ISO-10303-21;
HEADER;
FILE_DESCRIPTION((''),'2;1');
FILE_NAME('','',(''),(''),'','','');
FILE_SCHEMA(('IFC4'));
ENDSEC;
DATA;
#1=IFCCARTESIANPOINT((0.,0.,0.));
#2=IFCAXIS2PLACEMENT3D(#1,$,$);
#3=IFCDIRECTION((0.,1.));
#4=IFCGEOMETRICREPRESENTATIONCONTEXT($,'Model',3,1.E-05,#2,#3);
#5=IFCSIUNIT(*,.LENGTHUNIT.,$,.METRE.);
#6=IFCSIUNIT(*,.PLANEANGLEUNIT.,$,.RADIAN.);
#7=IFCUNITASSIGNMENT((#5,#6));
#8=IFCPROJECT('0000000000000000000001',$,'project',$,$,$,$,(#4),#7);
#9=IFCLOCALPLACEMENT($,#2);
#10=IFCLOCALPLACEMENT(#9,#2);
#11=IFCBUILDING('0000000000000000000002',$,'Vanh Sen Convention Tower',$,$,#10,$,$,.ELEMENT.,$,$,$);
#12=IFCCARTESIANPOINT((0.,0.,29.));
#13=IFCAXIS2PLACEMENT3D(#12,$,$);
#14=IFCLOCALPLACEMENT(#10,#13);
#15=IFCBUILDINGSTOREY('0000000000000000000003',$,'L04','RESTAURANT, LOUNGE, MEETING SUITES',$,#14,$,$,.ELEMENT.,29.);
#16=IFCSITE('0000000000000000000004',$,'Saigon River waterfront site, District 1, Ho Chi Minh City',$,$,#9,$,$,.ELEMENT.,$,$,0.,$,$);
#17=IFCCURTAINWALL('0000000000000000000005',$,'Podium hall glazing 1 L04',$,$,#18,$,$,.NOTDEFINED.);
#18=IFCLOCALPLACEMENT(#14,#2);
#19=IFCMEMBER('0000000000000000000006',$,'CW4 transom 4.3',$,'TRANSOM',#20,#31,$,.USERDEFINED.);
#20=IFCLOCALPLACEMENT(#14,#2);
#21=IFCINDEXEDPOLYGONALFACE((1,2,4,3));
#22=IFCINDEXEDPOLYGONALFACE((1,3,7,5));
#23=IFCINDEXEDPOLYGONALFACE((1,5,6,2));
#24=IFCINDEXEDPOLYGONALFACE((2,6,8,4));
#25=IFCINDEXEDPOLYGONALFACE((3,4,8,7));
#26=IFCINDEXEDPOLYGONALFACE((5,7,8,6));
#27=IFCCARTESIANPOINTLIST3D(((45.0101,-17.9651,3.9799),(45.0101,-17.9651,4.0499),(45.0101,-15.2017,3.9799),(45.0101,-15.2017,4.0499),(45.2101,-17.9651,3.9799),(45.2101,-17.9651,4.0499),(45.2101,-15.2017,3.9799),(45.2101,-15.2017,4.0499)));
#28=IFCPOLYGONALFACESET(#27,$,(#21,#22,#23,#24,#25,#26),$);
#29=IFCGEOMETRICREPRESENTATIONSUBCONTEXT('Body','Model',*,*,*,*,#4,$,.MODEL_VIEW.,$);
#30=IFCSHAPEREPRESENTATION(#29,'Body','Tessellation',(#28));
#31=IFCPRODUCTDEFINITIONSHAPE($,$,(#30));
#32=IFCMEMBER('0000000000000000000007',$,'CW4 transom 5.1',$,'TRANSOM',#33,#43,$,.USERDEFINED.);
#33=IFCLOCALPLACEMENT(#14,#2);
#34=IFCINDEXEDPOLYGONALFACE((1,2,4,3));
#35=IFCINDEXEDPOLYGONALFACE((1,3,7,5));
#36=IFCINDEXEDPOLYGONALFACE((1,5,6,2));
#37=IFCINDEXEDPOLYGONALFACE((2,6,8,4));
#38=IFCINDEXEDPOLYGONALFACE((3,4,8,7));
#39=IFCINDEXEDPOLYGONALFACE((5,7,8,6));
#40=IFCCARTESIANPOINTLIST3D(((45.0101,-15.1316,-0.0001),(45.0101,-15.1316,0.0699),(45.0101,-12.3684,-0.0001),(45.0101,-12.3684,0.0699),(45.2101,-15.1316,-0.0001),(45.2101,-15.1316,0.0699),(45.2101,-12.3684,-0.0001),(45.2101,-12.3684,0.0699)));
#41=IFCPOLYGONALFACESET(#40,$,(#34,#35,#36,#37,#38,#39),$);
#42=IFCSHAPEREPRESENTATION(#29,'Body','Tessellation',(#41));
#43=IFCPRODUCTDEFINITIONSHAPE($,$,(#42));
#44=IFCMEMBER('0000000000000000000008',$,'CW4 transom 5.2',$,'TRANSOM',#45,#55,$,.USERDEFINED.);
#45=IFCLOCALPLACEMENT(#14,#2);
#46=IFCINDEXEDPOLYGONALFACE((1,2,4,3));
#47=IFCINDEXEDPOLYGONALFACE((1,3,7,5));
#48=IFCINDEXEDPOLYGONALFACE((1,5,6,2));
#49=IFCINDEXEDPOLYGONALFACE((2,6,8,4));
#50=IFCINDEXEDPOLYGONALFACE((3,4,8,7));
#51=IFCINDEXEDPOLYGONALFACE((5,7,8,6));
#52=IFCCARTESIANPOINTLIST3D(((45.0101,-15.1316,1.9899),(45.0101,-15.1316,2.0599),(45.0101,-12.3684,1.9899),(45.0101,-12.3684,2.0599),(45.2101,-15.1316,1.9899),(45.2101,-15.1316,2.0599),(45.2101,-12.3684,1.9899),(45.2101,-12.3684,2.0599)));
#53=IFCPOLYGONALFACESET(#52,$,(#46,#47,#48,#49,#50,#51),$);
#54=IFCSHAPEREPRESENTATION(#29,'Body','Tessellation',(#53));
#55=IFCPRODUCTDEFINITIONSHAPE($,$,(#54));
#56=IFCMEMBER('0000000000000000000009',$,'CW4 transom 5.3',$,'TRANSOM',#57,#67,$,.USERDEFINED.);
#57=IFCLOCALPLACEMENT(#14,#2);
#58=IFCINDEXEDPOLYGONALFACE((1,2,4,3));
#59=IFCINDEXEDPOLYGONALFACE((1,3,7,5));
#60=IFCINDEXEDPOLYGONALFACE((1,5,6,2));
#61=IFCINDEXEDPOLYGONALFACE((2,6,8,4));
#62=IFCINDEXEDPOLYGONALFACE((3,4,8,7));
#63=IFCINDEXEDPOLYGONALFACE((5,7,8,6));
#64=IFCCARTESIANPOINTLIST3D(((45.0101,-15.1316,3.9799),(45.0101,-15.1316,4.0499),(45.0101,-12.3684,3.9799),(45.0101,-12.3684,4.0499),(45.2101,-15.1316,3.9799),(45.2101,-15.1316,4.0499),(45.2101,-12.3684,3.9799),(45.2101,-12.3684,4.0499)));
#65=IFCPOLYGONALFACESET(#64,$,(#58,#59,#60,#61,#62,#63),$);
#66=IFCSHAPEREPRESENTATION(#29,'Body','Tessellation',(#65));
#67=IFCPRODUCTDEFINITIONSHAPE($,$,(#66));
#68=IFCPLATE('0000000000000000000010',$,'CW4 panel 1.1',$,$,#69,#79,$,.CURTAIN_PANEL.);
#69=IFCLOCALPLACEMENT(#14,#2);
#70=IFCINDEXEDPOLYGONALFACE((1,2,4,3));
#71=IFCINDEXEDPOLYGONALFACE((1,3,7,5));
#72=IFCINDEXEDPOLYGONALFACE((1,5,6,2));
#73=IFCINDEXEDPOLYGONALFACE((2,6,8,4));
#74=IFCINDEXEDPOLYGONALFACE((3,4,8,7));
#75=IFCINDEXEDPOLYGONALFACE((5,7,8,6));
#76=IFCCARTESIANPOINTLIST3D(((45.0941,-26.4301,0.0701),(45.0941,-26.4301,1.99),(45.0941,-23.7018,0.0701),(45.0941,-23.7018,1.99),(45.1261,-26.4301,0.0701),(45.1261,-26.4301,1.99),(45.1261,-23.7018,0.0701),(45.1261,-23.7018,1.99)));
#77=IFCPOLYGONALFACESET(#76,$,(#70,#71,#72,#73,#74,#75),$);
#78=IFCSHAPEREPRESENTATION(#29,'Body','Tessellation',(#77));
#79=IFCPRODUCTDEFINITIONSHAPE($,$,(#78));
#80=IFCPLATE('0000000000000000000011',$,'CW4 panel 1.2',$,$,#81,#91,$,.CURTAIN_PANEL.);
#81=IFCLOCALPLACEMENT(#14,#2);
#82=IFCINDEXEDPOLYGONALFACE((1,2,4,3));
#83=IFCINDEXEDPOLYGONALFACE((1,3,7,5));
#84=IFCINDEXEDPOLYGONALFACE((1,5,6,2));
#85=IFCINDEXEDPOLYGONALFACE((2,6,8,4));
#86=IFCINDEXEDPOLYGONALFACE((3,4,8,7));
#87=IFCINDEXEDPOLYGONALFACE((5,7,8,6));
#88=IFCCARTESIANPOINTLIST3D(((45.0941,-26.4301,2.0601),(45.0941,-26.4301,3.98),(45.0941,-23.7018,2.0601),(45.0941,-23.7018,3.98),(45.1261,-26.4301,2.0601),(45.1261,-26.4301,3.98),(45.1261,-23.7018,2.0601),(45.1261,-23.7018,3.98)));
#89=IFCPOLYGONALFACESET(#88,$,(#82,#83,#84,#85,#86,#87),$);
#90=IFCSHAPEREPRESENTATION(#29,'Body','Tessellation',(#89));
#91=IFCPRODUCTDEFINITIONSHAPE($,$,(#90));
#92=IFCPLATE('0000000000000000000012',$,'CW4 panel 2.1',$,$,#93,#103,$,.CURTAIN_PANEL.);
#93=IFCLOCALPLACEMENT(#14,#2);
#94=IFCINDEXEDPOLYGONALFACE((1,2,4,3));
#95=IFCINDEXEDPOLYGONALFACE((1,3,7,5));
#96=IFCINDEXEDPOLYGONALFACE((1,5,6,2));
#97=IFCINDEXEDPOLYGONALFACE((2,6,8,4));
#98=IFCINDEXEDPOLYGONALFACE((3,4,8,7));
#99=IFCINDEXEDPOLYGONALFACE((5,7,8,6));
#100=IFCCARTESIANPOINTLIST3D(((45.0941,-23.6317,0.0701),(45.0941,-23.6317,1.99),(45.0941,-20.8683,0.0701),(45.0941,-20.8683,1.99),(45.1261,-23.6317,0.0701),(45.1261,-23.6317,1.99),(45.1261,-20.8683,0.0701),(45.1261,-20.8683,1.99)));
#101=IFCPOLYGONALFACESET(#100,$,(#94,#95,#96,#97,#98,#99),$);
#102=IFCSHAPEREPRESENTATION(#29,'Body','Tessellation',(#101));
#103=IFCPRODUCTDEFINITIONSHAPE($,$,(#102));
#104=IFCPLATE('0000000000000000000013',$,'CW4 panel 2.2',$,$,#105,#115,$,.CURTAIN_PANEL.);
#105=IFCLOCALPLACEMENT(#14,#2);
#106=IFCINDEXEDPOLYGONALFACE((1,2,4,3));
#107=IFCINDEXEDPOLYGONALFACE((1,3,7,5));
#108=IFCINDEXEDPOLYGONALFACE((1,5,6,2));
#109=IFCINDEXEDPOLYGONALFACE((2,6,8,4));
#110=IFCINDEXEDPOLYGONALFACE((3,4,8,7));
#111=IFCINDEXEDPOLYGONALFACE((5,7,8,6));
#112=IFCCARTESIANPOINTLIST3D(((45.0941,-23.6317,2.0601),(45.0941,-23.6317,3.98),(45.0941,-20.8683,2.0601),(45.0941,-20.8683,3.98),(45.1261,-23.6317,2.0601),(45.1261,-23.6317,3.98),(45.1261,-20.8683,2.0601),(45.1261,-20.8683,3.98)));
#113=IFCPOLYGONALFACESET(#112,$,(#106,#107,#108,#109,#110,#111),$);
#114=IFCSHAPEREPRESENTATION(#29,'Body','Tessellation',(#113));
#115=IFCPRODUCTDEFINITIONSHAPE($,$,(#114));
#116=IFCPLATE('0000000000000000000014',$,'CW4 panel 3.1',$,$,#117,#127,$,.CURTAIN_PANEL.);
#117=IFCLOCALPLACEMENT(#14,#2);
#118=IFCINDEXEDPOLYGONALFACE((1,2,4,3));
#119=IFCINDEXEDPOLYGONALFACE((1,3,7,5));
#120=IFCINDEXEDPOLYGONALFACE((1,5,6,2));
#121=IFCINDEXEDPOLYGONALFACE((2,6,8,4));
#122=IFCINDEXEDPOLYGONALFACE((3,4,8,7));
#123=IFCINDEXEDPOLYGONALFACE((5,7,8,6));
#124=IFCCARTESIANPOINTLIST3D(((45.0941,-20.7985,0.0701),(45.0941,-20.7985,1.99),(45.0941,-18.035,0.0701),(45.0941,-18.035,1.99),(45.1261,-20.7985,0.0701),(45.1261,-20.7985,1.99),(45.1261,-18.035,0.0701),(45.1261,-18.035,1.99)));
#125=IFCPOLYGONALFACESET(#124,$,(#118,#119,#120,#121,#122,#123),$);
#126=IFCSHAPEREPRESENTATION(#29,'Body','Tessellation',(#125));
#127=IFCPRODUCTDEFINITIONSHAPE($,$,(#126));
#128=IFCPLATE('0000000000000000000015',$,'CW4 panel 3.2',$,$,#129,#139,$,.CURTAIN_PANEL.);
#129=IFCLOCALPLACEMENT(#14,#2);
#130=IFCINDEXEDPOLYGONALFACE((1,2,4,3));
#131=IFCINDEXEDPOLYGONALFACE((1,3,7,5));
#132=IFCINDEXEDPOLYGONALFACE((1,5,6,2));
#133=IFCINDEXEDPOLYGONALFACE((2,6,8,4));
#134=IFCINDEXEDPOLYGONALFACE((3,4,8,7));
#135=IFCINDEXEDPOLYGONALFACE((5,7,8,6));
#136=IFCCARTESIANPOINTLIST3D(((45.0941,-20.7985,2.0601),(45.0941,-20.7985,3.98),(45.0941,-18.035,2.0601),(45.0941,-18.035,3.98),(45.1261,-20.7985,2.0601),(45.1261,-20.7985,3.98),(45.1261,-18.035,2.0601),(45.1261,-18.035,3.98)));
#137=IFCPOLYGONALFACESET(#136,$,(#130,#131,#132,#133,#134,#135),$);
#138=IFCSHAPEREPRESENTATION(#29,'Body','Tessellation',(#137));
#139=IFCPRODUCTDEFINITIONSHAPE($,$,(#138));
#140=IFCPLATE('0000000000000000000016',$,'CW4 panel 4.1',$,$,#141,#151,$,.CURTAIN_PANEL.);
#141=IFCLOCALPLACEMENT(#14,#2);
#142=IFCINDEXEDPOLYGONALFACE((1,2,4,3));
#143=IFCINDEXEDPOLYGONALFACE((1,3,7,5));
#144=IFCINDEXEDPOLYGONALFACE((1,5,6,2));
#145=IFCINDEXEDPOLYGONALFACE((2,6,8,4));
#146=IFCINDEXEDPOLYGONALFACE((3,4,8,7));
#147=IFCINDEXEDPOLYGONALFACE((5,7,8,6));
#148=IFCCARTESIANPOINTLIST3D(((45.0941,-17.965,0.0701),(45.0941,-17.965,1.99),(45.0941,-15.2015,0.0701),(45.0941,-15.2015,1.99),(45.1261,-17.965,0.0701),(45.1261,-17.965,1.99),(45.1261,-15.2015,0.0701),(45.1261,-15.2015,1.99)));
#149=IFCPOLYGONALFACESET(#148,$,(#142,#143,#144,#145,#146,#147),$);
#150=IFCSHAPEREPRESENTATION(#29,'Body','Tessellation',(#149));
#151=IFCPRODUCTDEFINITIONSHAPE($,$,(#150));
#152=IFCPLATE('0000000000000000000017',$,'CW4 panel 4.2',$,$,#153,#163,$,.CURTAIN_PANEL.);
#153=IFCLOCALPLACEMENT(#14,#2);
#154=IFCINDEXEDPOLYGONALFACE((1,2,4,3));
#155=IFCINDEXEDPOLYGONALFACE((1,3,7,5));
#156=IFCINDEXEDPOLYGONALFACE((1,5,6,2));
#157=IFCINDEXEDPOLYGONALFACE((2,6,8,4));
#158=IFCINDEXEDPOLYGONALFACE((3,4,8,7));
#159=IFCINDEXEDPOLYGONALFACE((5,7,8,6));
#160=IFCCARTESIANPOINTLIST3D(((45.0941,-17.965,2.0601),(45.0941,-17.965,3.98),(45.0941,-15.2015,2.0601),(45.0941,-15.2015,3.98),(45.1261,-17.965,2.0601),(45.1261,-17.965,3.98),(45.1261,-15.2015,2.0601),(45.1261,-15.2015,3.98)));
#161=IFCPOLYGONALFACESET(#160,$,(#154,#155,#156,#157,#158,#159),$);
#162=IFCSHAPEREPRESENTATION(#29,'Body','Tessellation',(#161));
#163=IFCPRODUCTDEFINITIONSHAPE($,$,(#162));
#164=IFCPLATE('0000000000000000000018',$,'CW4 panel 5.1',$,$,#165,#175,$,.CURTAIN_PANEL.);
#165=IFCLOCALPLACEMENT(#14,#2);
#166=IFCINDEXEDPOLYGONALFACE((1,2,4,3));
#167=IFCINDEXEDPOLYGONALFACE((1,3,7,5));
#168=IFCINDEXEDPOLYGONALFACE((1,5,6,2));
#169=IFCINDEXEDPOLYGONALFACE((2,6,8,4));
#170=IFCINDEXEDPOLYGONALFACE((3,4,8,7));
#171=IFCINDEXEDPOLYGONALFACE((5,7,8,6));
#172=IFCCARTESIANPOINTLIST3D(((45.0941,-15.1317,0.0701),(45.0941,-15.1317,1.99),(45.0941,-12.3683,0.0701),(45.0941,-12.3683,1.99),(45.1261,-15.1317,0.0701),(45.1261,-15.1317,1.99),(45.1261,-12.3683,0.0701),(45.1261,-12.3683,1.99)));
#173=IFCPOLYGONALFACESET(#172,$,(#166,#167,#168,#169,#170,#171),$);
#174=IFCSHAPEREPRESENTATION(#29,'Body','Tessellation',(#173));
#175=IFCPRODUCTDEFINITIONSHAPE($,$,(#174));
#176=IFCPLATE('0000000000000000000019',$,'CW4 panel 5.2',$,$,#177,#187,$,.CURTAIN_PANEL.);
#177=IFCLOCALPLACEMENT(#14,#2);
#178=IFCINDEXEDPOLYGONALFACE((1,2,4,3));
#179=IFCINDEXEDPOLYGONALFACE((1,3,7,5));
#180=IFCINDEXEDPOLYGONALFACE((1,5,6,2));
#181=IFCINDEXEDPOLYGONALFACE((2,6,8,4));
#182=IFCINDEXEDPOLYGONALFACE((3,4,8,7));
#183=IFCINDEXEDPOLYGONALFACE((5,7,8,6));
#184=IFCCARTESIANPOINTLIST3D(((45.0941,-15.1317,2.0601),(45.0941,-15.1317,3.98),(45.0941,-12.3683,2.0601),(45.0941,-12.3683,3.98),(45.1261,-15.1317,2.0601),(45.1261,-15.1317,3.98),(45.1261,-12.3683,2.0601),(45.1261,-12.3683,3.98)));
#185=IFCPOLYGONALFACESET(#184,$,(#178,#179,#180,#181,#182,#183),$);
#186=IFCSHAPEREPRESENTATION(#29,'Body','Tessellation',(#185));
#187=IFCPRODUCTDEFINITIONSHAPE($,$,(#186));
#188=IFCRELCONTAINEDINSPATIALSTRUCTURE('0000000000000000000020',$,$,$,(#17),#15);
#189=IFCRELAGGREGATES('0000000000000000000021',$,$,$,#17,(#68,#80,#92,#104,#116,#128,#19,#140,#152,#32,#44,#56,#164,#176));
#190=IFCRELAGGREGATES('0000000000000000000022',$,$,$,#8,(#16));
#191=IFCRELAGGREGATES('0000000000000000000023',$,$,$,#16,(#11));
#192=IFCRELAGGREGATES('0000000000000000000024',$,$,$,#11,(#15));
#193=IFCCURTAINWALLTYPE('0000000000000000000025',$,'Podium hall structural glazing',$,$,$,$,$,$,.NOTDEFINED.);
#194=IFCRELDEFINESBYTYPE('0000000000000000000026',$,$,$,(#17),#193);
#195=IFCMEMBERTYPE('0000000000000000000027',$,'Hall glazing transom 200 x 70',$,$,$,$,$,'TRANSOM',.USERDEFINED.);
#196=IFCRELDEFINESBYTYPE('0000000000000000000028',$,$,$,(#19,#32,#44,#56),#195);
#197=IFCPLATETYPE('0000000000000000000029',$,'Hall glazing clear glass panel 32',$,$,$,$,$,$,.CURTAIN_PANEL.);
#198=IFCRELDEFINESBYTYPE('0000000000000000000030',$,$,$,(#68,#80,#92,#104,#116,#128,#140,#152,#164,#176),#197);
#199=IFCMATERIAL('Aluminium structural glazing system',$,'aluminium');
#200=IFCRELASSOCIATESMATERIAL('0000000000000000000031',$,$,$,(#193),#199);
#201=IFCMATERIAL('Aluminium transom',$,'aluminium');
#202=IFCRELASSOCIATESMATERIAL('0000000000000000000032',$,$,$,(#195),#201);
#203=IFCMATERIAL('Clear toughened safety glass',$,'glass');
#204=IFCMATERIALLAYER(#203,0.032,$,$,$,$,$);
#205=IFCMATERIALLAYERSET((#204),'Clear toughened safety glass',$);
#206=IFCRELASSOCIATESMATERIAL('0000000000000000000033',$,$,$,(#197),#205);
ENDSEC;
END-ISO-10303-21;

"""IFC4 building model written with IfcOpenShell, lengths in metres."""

from ifc_helpers import new_model, si_unit, direction, frame, origin, origin_2d, place, context, subcontext, project, spatial, rectangle, extrude, material, layer, layer_set, material_profile, profile_set, type_object, element, aggregate, save


model = new_model("IFC4")

# Units and contexts
model_context = context("Model", 3, precision=1e-05, world=origin(), true_north=direction((0.0, 1.0)))
body_context = subcontext(model_context, "Body", "Model", "MODEL_VIEW")
ifc_project = project(units=[si_unit("LENGTHUNIT", "METRE"), si_unit("PLANEANGLEUNIT", "RADIAN")], contexts=[model_context])

# Site, building, storey
site_placement = place(None, origin())
site = spatial("IfcSite", under=ifc_project, at=site_placement, Name="Saigon River waterfront site, District 1, Ho Chi Minh City", CompositionType="ELEMENT", RefElevation=0.0)
building_placement = place(site_placement, origin())
building = spatial("IfcBuilding", under=site, at=building_placement, Name="Vanh Sen Convention Tower", CompositionType="ELEMENT")
storey_placement = place(building_placement, frame((0.0, 0.0, 29.0)))
storey = spatial("IfcBuildingStorey", under=building, at=storey_placement, Name="L04", Description="RESTAURANT, LOUNGE, MEETING SUITES", CompositionType="ELEMENT", Elevation=29.0)

# Curtain wall, members, plates
ifc_material_1 = material(Name="Aluminium structural glazing system", Category="aluminium")
curtain_wall_type = type_object("IfcCurtainWallType", Name="Podium hall structural glazing", PredefinedType="NOTDEFINED", material=ifc_material_1)
curtain_wall_placement = place(storey_placement, origin())
curtain_wall = element("IfcCurtainWall", 1, at=curtain_wall_placement, inside=storey, type_object=curtain_wall_type, Name="Podium hall glazing 1 L04", PredefinedType="NOTDEFINED")
ifc_material_2 = material(Name="Aluminium transom", Category="aluminium")
ifc_material_profile_1 = material_profile(ifc_material_2, rectangle(XDim=0.2, YDim=0.0701, at=origin_2d()), Name="Hall glazing transom 200 x 70")
ifc_profile_set_1 = profile_set([ifc_material_profile_1], Name="Aluminium transom")
member_type_1 = type_object("IfcMemberType", Name="Hall glazing transom 200 x 70", ElementType="TRANSOM", PredefinedType="USERDEFINED", material=ifc_profile_set_1)
member_1_placement = place(storey_placement, frame((45.1101, -17.9651, 4.0149), z_axis=(0.0, 1.0, 0.0), x_axis=(-1.0, 0.0, 0.0)))
member_1 = element("IfcMember", 2, at=member_1_placement, type_object=member_type_1, Name="CW4 transom 4.3", ObjectType="TRANSOM", PredefinedType="USERDEFINED", context=body_context, shape_type="SweptSolid", body=[
    extrude(rectangle(XDim=0.2, YDim=0.0701, at=origin_2d()), origin(), (0.0, 0.0, 1.0), 2.7634),
])
member_2_placement = place(storey_placement, frame((45.1101, -15.1316, 0.0349), z_axis=(0.0, 1.0, 0.0), x_axis=(-1.0, 0.0, 0.0)))
member_2 = element("IfcMember", 3, at=member_2_placement, type_object=member_type_1, Name="CW4 transom 5.1", ObjectType="TRANSOM", PredefinedType="USERDEFINED", context=body_context, shape_type="SweptSolid", body=[
    extrude(rectangle(XDim=0.2, YDim=0.0701, at=origin_2d()), origin(), (0.0, 0.0, 1.0), 2.7632),
])
member_3_placement = place(storey_placement, frame((45.1101, -15.1316, 2.0249), z_axis=(0.0, 1.0, 0.0), x_axis=(-1.0, 0.0, 0.0)))
member_3 = element("IfcMember", 4, at=member_3_placement, type_object=member_type_1, Name="CW4 transom 5.2", ObjectType="TRANSOM", PredefinedType="USERDEFINED", context=body_context, shape_type="SweptSolid", body=[
    extrude(rectangle(XDim=0.2, YDim=0.0701, at=origin_2d()), origin(), (0.0, 0.0, 1.0), 2.7632),
])
member_4_placement = place(storey_placement, frame((45.1101, -15.1316, 4.0149), z_axis=(0.0, 1.0, 0.0), x_axis=(-1.0, 0.0, 0.0)))
member_4 = element("IfcMember", 5, at=member_4_placement, type_object=member_type_1, Name="CW4 transom 5.3", ObjectType="TRANSOM", PredefinedType="USERDEFINED", context=body_context, shape_type="SweptSolid", body=[
    extrude(rectangle(XDim=0.2, YDim=0.0701, at=origin_2d()), origin(), (0.0, 0.0, 1.0), 2.7632),
])
ifc_material_3 = material(Name="Clear toughened safety glass", Category="glass")
ifc_layer = layer(ifc_material_3, 0.032)
ifc_layer_set = layer_set([ifc_layer], Name="Clear toughened safety glass")
plate_type = type_object("IfcPlateType", Name="Hall glazing clear glass panel 32", PredefinedType="CURTAIN_PANEL", material=ifc_layer_set)
plate_1_placement = place(storey_placement, frame((45.1101, -25.0659, 0.0701), z_axis=(0.0, 0.0, 1.0), x_axis=(0.0, 1.0, 0.0)))
plate_1 = element("IfcPlate", 6, at=plate_1_placement, type_object=plate_type, Name="CW4 panel 1.1", PredefinedType="CURTAIN_PANEL", context=body_context, shape_type="SweptSolid", body=[
    extrude(rectangle(XDim=2.7283, YDim=0.032, at=origin_2d()), origin(), (0.0, 0.0, 1.0), 1.9199),
])
plate_2_placement = place(storey_placement, frame((45.1101, -25.0659, 2.0601), z_axis=(0.0, 0.0, 1.0), x_axis=(0.0, 1.0, 0.0)))
plate_2 = element("IfcPlate", 7, at=plate_2_placement, type_object=plate_type, Name="CW4 panel 1.2", PredefinedType="CURTAIN_PANEL", context=body_context, shape_type="SweptSolid", body=[
    extrude(rectangle(XDim=2.7283, YDim=0.032, at=origin_2d()), origin(), (0.0, 0.0, 1.0), 1.9199),
])
plate_3_placement = place(storey_placement, frame((45.1101, -22.25, 0.0701), z_axis=(0.0, 0.0, 1.0), x_axis=(0.0, 1.0, 0.0)))
plate_3 = element("IfcPlate", 8, at=plate_3_placement, type_object=plate_type, Name="CW4 panel 2.1", PredefinedType="CURTAIN_PANEL", context=body_context, shape_type="SweptSolid", body=[
    extrude(rectangle(XDim=2.7634, YDim=0.032, at=origin_2d()), origin(), (0.0, 0.0, 1.0), 1.9199),
])
plate_4_placement = place(storey_placement, frame((45.1101, -22.25, 2.0601), z_axis=(0.0, 0.0, 1.0), x_axis=(0.0, 1.0, 0.0)))
plate_4 = element("IfcPlate", 9, at=plate_4_placement, type_object=plate_type, Name="CW4 panel 2.2", PredefinedType="CURTAIN_PANEL", context=body_context, shape_type="SweptSolid", body=[
    extrude(rectangle(XDim=2.7634, YDim=0.032, at=origin_2d()), origin(), (0.0, 0.0, 1.0), 1.9199),
])
plate_5_placement = place(storey_placement, frame((45.1101, -19.4167, 0.0701), z_axis=(0.0, 0.0, 1.0), x_axis=(0.0, 1.0, 0.0)))
plate_5 = element("IfcPlate", 10, at=plate_5_placement, type_object=plate_type, Name="CW4 panel 3.1", PredefinedType="CURTAIN_PANEL", context=body_context, shape_type="SweptSolid", body=[
    extrude(rectangle(XDim=2.7634, YDim=0.032, at=origin_2d()), origin(), (0.0, 0.0, 1.0), 1.9199),
])
plate_6_placement = place(storey_placement, frame((45.1101, -19.4167, 2.0601), z_axis=(0.0, 0.0, 1.0), x_axis=(0.0, 1.0, 0.0)))
plate_6 = element("IfcPlate", 11, at=plate_6_placement, type_object=plate_type, Name="CW4 panel 3.2", PredefinedType="CURTAIN_PANEL", context=body_context, shape_type="SweptSolid", body=[
    extrude(rectangle(XDim=2.7634, YDim=0.032, at=origin_2d()), origin(), (0.0, 0.0, 1.0), 1.9199),
])
plate_7_placement = place(storey_placement, frame((45.1101, -16.5833, 0.0701), z_axis=(0.0, 0.0, 1.0), x_axis=(0.0, 1.0, 0.0)))
plate_7 = element("IfcPlate", 12, at=plate_7_placement, type_object=plate_type, Name="CW4 panel 4.1", PredefinedType="CURTAIN_PANEL", context=body_context, shape_type="SweptSolid", body=[
    extrude(rectangle(XDim=2.7634, YDim=0.032, at=origin_2d()), origin(), (0.0, 0.0, 1.0), 1.9199),
])
plate_8_placement = place(storey_placement, frame((45.1101, -16.5833, 2.0601), z_axis=(0.0, 0.0, 1.0), x_axis=(0.0, 1.0, 0.0)))
plate_8 = element("IfcPlate", 13, at=plate_8_placement, type_object=plate_type, Name="CW4 panel 4.2", PredefinedType="CURTAIN_PANEL", context=body_context, shape_type="SweptSolid", body=[
    extrude(rectangle(XDim=2.7634, YDim=0.032, at=origin_2d()), origin(), (0.0, 0.0, 1.0), 1.9199),
])
plate_9_placement = place(storey_placement, frame((45.1101, -13.75, 0.0701), z_axis=(0.0, 0.0, 1.0), x_axis=(0.0, 1.0, 0.0)))
plate_9 = element("IfcPlate", 14, at=plate_9_placement, type_object=plate_type, Name="CW4 panel 5.1", PredefinedType="CURTAIN_PANEL", context=body_context, shape_type="SweptSolid", body=[
    extrude(rectangle(XDim=2.7634, YDim=0.032, at=origin_2d()), origin(), (0.0, 0.0, 1.0), 1.9199),
])
plate_10_placement = place(storey_placement, frame((45.1101, -13.75, 2.0601), z_axis=(0.0, 0.0, 1.0), x_axis=(0.0, 1.0, 0.0)))
plate_10 = element("IfcPlate", 15, at=plate_10_placement, type_object=plate_type, Name="CW4 panel 5.2", PredefinedType="CURTAIN_PANEL", context=body_context, shape_type="SweptSolid", body=[
    extrude(rectangle(XDim=2.7634, YDim=0.032, at=origin_2d()), origin(), (0.0, 0.0, 1.0), 1.9199),
])
aggregate(curtain_wall, [plate_1, plate_2, plate_3, plate_4, plate_5, plate_6, member_1, plate_7, plate_8, member_2, member_3, member_4, plate_9, plate_10])

save(model, "model.ifc")
